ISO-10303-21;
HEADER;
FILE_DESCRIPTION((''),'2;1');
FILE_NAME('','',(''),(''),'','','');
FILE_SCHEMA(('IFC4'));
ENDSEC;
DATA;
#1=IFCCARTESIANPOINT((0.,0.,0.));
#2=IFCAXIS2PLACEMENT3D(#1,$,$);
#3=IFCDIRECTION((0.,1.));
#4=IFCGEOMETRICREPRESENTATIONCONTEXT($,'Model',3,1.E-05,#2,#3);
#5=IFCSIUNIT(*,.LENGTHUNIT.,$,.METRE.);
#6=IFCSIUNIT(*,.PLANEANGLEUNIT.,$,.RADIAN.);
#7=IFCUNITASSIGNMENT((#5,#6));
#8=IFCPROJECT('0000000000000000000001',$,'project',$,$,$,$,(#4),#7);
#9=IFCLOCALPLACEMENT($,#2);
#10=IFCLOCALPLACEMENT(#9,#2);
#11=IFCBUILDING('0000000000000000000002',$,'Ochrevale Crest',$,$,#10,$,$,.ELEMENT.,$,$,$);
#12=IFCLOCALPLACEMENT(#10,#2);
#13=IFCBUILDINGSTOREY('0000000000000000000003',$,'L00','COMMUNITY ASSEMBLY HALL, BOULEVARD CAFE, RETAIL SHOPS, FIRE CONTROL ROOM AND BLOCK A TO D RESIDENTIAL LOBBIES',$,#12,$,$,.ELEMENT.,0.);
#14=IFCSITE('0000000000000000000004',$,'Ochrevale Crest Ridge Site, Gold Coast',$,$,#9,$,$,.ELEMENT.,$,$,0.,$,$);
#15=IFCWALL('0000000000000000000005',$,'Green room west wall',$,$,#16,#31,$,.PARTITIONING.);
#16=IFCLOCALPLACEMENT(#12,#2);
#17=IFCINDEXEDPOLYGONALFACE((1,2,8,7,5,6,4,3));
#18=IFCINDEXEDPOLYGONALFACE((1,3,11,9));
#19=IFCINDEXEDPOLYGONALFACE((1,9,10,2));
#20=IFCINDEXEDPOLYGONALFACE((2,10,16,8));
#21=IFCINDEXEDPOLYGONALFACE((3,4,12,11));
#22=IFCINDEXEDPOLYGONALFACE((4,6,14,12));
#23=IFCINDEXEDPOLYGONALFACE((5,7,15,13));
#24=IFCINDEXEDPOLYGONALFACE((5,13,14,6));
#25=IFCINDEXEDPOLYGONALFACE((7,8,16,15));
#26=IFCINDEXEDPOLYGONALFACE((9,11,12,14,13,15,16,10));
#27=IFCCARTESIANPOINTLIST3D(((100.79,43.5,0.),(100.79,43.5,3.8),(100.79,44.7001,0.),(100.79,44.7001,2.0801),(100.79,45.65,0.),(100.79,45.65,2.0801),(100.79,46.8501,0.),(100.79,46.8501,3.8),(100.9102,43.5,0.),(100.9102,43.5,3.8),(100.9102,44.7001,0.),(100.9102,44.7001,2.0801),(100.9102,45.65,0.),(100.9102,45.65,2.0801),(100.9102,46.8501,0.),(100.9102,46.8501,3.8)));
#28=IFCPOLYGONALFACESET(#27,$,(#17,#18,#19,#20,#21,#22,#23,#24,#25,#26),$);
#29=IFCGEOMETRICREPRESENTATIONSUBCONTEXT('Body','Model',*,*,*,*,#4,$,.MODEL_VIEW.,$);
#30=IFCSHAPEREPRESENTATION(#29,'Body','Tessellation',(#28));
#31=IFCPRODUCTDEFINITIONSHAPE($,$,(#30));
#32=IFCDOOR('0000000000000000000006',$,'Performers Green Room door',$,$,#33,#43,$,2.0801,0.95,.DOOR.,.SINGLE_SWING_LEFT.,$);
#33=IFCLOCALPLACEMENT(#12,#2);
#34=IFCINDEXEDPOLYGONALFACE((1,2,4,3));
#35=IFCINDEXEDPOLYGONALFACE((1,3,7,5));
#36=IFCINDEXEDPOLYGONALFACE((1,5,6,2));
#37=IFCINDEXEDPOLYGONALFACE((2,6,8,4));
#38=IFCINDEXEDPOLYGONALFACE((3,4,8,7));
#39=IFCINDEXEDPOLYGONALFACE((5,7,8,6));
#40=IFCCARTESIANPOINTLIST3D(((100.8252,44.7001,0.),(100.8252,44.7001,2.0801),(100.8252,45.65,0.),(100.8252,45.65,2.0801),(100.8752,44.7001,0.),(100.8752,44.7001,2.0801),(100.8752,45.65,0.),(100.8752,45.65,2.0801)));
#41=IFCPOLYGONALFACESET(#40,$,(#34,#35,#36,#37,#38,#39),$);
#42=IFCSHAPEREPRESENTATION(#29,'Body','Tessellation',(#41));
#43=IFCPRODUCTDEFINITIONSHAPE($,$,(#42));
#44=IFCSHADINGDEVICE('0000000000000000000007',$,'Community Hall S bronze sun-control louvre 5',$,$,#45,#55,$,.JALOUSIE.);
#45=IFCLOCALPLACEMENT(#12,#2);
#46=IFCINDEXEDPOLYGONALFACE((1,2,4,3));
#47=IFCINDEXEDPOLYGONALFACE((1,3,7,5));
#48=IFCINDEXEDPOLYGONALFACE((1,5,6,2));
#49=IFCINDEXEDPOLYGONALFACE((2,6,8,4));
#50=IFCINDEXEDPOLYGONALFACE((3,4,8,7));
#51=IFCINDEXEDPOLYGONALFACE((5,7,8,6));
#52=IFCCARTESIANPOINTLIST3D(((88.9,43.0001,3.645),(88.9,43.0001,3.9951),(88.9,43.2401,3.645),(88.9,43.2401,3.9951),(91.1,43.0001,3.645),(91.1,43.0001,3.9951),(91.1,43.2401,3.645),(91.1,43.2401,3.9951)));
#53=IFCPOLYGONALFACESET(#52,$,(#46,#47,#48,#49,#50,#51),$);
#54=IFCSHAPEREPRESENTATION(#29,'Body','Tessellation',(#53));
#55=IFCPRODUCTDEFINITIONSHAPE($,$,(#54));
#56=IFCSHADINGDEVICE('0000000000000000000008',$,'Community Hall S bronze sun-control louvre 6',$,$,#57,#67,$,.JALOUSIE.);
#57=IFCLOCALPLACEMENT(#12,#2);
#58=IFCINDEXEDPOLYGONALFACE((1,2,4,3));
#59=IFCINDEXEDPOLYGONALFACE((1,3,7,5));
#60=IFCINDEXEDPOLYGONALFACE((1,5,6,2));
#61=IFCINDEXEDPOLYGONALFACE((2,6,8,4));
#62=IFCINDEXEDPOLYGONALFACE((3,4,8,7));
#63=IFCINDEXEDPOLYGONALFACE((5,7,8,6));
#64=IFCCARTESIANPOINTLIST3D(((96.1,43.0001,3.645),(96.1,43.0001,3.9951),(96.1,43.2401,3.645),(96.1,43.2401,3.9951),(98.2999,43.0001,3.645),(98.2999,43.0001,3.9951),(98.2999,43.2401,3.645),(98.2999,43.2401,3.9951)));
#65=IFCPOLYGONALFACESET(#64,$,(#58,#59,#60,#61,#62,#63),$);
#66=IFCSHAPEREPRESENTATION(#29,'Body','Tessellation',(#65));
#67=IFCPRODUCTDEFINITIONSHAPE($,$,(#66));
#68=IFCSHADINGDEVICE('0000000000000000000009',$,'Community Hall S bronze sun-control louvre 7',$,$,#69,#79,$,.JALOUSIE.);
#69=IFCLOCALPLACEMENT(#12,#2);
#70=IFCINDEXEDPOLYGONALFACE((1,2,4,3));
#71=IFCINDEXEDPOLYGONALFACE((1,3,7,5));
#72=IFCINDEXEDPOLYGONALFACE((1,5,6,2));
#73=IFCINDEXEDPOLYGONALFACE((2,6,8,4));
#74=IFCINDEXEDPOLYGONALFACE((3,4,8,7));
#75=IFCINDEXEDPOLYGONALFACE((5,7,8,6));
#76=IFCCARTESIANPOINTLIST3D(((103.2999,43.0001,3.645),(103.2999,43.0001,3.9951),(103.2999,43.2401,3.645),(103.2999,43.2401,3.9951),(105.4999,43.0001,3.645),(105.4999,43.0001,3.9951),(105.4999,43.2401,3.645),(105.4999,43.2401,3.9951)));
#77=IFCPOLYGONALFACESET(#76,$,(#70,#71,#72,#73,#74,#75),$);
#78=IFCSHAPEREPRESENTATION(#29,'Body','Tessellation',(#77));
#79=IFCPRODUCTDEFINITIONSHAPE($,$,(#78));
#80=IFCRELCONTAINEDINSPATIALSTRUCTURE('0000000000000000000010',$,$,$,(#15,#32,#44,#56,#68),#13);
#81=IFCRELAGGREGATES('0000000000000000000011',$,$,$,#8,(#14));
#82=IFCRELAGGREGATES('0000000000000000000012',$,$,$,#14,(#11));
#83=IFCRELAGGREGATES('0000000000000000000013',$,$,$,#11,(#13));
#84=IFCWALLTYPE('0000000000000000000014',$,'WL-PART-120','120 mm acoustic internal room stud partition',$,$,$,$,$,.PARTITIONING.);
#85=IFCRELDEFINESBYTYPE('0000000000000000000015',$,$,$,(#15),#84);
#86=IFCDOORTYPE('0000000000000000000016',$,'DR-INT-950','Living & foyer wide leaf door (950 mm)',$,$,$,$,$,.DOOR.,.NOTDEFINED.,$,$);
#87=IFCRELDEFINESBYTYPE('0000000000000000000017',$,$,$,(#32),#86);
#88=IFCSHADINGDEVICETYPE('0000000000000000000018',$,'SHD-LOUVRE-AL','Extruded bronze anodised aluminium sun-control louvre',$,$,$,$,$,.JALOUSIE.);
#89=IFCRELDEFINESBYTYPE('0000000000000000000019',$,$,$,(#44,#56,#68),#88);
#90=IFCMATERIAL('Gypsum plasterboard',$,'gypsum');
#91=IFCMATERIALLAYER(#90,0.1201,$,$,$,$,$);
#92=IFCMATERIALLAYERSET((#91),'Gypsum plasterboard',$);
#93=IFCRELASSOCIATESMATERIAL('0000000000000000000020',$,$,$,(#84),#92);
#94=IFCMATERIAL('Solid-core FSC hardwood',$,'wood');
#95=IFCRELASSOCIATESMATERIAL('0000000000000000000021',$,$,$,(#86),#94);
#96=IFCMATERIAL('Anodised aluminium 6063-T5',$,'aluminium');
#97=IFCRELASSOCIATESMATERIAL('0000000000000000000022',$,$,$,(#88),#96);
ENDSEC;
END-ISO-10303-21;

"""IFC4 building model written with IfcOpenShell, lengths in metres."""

from ifc_helpers import new_model, si_unit, direction, frame, frame_2d, origin, origin_2d, place, context, subcontext, project, spatial, rectangle, extrude, material, layer, layer_set, type_object, element, fill, save


model = new_model("IFC4")

# Units and contexts
model_context = context("Model", 3, precision=1e-05, world=origin(), true_north=direction((0.0, 1.0)))
body_context = subcontext(model_context, "Body", "Model", "MODEL_VIEW")
ifc_project = project(units=[si_unit("LENGTHUNIT", "METRE"), si_unit("PLANEANGLEUNIT", "RADIAN")], contexts=[model_context])

# Site, building, storey
site_placement = place(None, origin())
site = spatial("IfcSite", under=ifc_project, at=site_placement, Name="Ochrevale Crest Ridge Site, Gold Coast", CompositionType="ELEMENT", RefElevation=0.0)
building_placement = place(site_placement, origin())
building = spatial("IfcBuilding", under=site, at=building_placement, Name="Ochrevale Crest", CompositionType="ELEMENT")
storey_placement = place(building_placement, origin())
storey = spatial("IfcBuildingStorey", under=building, at=storey_placement, Name="L00", Description="COMMUNITY ASSEMBLY HALL, BOULEVARD CAFE, RETAIL SHOPS, FIRE CONTROL ROOM AND BLOCK A TO D RESIDENTIAL LOBBIES", CompositionType="ELEMENT", Elevation=0.0)

# Wall, opening, door
ifc_material_1 = material(Name="Gypsum plasterboard", Category="gypsum")
ifc_layer_1 = layer(ifc_material_1, 0.1201)
ifc_layer_set_1 = layer_set([ifc_layer_1], Name="Gypsum plasterboard")
wall_type = type_object("IfcWallType", Name="WL-PART-120", Description="120 mm acoustic internal room stud partition", PredefinedType="PARTITIONING", material=ifc_layer_set_1)
wall_placement = place(storey_placement, frame((100.8501, 43.5, 0.0), z_axis=(0.0, 0.0, 1.0), x_axis=(0.0, 1.0, 0.0)))
wall = element("IfcWall", 1, at=wall_placement, inside=storey, type_object=wall_type, Name="Green room west wall", PredefinedType="PARTITIONING", context=body_context, shape_type="SweptSolid", body=[
    extrude(rectangle(XDim=3.3501, YDim=0.1201, at=frame_2d((1.675, 0.0))), origin(), (0.0, 0.0, 1.0), 3.8),
])
opening_placement = place(wall_placement, frame((1.2, 0.0, 0.0)))
opening = element("IfcOpeningElement", 2, at=opening_placement, cuts=wall, PredefinedType="OPENING", context=body_context, shape_type="SweptSolid", body=[
    extrude(rectangle(XDim=0.95, YDim=2.0801, at=frame_2d((0.4751, 1.04))), frame((0.0, 0.0701, 0.0), z_axis=(0.0, -1.0, 0.0), x_axis=(1.0, 0.0, 0.0)), (0.0, 0.0, 1.0), 0.1401),
])
ifc_material_2 = material(Name="Solid-core FSC hardwood", Category="wood")
door_type = type_object("IfcDoorType", Name="DR-INT-950", Description="Living & foyer wide leaf door (950 mm)", OperationType="NOTDEFINED", PredefinedType="DOOR", material=ifc_material_2)
door_placement = place(opening_placement, origin())
door = element("IfcDoor", 3, at=door_placement, inside=storey, type_object=door_type, Name="Performers Green Room door", OperationType="SINGLE_SWING_LEFT", OverallHeight=2.0801, OverallWidth=0.95, PredefinedType="DOOR", context=body_context, shape_type="SweptSolid", body=[
    extrude(rectangle(XDim=0.95, YDim=2.0801, at=frame_2d((0.4751, 1.04))), frame((0.0, 0.0249, 0.0), z_axis=(0.0, -1.0, 0.0), x_axis=(1.0, 0.0, 0.0)), (0.0, 0.0, 1.0), 0.05),
])
fill(opening, door)

# Shading devices
ifc_material_3 = material(Name="Anodised aluminium 6063-T5", Category="aluminium")
shading_device_type = type_object("IfcShadingDeviceType", Name="SHD-LOUVRE-AL", Description="Extruded bronze anodised aluminium sun-control louvre", PredefinedType="JALOUSIE", material=ifc_material_3)
for number, where, z_axis, x_axis, name in (
    (4, (90.0, 43.1201, 3.645), (0.0, 0.0, 1.0), (1.0, 0.0, 0.0), "Community Hall S bronze sun-control louvre 5"),
    (5, (97.2, 43.1201, 3.645), (0.0, 0.0, 1.0), (1.0, 0.0, 0.0), "Community Hall S bronze sun-control louvre 6"),
    (6, (104.3999, 43.1201, 3.645), (0.0, 0.0, 1.0), (1.0, 0.0, 0.0), "Community Hall S bronze sun-control louvre 7"),
):
    element("IfcShadingDevice", number, at=place(storey_placement, frame(where, z_axis=z_axis, x_axis=x_axis)), inside=storey, type_object=shading_device_type, Name=name, PredefinedType="JALOUSIE", context=body_context, shape_type="SweptSolid", body=[
        extrude(rectangle(XDim=2.2, YDim=0.24, at=origin_2d()), origin(), (0.0, 0.0, 1.0), 0.3501),
    ])

save(model, "model.ifc")
